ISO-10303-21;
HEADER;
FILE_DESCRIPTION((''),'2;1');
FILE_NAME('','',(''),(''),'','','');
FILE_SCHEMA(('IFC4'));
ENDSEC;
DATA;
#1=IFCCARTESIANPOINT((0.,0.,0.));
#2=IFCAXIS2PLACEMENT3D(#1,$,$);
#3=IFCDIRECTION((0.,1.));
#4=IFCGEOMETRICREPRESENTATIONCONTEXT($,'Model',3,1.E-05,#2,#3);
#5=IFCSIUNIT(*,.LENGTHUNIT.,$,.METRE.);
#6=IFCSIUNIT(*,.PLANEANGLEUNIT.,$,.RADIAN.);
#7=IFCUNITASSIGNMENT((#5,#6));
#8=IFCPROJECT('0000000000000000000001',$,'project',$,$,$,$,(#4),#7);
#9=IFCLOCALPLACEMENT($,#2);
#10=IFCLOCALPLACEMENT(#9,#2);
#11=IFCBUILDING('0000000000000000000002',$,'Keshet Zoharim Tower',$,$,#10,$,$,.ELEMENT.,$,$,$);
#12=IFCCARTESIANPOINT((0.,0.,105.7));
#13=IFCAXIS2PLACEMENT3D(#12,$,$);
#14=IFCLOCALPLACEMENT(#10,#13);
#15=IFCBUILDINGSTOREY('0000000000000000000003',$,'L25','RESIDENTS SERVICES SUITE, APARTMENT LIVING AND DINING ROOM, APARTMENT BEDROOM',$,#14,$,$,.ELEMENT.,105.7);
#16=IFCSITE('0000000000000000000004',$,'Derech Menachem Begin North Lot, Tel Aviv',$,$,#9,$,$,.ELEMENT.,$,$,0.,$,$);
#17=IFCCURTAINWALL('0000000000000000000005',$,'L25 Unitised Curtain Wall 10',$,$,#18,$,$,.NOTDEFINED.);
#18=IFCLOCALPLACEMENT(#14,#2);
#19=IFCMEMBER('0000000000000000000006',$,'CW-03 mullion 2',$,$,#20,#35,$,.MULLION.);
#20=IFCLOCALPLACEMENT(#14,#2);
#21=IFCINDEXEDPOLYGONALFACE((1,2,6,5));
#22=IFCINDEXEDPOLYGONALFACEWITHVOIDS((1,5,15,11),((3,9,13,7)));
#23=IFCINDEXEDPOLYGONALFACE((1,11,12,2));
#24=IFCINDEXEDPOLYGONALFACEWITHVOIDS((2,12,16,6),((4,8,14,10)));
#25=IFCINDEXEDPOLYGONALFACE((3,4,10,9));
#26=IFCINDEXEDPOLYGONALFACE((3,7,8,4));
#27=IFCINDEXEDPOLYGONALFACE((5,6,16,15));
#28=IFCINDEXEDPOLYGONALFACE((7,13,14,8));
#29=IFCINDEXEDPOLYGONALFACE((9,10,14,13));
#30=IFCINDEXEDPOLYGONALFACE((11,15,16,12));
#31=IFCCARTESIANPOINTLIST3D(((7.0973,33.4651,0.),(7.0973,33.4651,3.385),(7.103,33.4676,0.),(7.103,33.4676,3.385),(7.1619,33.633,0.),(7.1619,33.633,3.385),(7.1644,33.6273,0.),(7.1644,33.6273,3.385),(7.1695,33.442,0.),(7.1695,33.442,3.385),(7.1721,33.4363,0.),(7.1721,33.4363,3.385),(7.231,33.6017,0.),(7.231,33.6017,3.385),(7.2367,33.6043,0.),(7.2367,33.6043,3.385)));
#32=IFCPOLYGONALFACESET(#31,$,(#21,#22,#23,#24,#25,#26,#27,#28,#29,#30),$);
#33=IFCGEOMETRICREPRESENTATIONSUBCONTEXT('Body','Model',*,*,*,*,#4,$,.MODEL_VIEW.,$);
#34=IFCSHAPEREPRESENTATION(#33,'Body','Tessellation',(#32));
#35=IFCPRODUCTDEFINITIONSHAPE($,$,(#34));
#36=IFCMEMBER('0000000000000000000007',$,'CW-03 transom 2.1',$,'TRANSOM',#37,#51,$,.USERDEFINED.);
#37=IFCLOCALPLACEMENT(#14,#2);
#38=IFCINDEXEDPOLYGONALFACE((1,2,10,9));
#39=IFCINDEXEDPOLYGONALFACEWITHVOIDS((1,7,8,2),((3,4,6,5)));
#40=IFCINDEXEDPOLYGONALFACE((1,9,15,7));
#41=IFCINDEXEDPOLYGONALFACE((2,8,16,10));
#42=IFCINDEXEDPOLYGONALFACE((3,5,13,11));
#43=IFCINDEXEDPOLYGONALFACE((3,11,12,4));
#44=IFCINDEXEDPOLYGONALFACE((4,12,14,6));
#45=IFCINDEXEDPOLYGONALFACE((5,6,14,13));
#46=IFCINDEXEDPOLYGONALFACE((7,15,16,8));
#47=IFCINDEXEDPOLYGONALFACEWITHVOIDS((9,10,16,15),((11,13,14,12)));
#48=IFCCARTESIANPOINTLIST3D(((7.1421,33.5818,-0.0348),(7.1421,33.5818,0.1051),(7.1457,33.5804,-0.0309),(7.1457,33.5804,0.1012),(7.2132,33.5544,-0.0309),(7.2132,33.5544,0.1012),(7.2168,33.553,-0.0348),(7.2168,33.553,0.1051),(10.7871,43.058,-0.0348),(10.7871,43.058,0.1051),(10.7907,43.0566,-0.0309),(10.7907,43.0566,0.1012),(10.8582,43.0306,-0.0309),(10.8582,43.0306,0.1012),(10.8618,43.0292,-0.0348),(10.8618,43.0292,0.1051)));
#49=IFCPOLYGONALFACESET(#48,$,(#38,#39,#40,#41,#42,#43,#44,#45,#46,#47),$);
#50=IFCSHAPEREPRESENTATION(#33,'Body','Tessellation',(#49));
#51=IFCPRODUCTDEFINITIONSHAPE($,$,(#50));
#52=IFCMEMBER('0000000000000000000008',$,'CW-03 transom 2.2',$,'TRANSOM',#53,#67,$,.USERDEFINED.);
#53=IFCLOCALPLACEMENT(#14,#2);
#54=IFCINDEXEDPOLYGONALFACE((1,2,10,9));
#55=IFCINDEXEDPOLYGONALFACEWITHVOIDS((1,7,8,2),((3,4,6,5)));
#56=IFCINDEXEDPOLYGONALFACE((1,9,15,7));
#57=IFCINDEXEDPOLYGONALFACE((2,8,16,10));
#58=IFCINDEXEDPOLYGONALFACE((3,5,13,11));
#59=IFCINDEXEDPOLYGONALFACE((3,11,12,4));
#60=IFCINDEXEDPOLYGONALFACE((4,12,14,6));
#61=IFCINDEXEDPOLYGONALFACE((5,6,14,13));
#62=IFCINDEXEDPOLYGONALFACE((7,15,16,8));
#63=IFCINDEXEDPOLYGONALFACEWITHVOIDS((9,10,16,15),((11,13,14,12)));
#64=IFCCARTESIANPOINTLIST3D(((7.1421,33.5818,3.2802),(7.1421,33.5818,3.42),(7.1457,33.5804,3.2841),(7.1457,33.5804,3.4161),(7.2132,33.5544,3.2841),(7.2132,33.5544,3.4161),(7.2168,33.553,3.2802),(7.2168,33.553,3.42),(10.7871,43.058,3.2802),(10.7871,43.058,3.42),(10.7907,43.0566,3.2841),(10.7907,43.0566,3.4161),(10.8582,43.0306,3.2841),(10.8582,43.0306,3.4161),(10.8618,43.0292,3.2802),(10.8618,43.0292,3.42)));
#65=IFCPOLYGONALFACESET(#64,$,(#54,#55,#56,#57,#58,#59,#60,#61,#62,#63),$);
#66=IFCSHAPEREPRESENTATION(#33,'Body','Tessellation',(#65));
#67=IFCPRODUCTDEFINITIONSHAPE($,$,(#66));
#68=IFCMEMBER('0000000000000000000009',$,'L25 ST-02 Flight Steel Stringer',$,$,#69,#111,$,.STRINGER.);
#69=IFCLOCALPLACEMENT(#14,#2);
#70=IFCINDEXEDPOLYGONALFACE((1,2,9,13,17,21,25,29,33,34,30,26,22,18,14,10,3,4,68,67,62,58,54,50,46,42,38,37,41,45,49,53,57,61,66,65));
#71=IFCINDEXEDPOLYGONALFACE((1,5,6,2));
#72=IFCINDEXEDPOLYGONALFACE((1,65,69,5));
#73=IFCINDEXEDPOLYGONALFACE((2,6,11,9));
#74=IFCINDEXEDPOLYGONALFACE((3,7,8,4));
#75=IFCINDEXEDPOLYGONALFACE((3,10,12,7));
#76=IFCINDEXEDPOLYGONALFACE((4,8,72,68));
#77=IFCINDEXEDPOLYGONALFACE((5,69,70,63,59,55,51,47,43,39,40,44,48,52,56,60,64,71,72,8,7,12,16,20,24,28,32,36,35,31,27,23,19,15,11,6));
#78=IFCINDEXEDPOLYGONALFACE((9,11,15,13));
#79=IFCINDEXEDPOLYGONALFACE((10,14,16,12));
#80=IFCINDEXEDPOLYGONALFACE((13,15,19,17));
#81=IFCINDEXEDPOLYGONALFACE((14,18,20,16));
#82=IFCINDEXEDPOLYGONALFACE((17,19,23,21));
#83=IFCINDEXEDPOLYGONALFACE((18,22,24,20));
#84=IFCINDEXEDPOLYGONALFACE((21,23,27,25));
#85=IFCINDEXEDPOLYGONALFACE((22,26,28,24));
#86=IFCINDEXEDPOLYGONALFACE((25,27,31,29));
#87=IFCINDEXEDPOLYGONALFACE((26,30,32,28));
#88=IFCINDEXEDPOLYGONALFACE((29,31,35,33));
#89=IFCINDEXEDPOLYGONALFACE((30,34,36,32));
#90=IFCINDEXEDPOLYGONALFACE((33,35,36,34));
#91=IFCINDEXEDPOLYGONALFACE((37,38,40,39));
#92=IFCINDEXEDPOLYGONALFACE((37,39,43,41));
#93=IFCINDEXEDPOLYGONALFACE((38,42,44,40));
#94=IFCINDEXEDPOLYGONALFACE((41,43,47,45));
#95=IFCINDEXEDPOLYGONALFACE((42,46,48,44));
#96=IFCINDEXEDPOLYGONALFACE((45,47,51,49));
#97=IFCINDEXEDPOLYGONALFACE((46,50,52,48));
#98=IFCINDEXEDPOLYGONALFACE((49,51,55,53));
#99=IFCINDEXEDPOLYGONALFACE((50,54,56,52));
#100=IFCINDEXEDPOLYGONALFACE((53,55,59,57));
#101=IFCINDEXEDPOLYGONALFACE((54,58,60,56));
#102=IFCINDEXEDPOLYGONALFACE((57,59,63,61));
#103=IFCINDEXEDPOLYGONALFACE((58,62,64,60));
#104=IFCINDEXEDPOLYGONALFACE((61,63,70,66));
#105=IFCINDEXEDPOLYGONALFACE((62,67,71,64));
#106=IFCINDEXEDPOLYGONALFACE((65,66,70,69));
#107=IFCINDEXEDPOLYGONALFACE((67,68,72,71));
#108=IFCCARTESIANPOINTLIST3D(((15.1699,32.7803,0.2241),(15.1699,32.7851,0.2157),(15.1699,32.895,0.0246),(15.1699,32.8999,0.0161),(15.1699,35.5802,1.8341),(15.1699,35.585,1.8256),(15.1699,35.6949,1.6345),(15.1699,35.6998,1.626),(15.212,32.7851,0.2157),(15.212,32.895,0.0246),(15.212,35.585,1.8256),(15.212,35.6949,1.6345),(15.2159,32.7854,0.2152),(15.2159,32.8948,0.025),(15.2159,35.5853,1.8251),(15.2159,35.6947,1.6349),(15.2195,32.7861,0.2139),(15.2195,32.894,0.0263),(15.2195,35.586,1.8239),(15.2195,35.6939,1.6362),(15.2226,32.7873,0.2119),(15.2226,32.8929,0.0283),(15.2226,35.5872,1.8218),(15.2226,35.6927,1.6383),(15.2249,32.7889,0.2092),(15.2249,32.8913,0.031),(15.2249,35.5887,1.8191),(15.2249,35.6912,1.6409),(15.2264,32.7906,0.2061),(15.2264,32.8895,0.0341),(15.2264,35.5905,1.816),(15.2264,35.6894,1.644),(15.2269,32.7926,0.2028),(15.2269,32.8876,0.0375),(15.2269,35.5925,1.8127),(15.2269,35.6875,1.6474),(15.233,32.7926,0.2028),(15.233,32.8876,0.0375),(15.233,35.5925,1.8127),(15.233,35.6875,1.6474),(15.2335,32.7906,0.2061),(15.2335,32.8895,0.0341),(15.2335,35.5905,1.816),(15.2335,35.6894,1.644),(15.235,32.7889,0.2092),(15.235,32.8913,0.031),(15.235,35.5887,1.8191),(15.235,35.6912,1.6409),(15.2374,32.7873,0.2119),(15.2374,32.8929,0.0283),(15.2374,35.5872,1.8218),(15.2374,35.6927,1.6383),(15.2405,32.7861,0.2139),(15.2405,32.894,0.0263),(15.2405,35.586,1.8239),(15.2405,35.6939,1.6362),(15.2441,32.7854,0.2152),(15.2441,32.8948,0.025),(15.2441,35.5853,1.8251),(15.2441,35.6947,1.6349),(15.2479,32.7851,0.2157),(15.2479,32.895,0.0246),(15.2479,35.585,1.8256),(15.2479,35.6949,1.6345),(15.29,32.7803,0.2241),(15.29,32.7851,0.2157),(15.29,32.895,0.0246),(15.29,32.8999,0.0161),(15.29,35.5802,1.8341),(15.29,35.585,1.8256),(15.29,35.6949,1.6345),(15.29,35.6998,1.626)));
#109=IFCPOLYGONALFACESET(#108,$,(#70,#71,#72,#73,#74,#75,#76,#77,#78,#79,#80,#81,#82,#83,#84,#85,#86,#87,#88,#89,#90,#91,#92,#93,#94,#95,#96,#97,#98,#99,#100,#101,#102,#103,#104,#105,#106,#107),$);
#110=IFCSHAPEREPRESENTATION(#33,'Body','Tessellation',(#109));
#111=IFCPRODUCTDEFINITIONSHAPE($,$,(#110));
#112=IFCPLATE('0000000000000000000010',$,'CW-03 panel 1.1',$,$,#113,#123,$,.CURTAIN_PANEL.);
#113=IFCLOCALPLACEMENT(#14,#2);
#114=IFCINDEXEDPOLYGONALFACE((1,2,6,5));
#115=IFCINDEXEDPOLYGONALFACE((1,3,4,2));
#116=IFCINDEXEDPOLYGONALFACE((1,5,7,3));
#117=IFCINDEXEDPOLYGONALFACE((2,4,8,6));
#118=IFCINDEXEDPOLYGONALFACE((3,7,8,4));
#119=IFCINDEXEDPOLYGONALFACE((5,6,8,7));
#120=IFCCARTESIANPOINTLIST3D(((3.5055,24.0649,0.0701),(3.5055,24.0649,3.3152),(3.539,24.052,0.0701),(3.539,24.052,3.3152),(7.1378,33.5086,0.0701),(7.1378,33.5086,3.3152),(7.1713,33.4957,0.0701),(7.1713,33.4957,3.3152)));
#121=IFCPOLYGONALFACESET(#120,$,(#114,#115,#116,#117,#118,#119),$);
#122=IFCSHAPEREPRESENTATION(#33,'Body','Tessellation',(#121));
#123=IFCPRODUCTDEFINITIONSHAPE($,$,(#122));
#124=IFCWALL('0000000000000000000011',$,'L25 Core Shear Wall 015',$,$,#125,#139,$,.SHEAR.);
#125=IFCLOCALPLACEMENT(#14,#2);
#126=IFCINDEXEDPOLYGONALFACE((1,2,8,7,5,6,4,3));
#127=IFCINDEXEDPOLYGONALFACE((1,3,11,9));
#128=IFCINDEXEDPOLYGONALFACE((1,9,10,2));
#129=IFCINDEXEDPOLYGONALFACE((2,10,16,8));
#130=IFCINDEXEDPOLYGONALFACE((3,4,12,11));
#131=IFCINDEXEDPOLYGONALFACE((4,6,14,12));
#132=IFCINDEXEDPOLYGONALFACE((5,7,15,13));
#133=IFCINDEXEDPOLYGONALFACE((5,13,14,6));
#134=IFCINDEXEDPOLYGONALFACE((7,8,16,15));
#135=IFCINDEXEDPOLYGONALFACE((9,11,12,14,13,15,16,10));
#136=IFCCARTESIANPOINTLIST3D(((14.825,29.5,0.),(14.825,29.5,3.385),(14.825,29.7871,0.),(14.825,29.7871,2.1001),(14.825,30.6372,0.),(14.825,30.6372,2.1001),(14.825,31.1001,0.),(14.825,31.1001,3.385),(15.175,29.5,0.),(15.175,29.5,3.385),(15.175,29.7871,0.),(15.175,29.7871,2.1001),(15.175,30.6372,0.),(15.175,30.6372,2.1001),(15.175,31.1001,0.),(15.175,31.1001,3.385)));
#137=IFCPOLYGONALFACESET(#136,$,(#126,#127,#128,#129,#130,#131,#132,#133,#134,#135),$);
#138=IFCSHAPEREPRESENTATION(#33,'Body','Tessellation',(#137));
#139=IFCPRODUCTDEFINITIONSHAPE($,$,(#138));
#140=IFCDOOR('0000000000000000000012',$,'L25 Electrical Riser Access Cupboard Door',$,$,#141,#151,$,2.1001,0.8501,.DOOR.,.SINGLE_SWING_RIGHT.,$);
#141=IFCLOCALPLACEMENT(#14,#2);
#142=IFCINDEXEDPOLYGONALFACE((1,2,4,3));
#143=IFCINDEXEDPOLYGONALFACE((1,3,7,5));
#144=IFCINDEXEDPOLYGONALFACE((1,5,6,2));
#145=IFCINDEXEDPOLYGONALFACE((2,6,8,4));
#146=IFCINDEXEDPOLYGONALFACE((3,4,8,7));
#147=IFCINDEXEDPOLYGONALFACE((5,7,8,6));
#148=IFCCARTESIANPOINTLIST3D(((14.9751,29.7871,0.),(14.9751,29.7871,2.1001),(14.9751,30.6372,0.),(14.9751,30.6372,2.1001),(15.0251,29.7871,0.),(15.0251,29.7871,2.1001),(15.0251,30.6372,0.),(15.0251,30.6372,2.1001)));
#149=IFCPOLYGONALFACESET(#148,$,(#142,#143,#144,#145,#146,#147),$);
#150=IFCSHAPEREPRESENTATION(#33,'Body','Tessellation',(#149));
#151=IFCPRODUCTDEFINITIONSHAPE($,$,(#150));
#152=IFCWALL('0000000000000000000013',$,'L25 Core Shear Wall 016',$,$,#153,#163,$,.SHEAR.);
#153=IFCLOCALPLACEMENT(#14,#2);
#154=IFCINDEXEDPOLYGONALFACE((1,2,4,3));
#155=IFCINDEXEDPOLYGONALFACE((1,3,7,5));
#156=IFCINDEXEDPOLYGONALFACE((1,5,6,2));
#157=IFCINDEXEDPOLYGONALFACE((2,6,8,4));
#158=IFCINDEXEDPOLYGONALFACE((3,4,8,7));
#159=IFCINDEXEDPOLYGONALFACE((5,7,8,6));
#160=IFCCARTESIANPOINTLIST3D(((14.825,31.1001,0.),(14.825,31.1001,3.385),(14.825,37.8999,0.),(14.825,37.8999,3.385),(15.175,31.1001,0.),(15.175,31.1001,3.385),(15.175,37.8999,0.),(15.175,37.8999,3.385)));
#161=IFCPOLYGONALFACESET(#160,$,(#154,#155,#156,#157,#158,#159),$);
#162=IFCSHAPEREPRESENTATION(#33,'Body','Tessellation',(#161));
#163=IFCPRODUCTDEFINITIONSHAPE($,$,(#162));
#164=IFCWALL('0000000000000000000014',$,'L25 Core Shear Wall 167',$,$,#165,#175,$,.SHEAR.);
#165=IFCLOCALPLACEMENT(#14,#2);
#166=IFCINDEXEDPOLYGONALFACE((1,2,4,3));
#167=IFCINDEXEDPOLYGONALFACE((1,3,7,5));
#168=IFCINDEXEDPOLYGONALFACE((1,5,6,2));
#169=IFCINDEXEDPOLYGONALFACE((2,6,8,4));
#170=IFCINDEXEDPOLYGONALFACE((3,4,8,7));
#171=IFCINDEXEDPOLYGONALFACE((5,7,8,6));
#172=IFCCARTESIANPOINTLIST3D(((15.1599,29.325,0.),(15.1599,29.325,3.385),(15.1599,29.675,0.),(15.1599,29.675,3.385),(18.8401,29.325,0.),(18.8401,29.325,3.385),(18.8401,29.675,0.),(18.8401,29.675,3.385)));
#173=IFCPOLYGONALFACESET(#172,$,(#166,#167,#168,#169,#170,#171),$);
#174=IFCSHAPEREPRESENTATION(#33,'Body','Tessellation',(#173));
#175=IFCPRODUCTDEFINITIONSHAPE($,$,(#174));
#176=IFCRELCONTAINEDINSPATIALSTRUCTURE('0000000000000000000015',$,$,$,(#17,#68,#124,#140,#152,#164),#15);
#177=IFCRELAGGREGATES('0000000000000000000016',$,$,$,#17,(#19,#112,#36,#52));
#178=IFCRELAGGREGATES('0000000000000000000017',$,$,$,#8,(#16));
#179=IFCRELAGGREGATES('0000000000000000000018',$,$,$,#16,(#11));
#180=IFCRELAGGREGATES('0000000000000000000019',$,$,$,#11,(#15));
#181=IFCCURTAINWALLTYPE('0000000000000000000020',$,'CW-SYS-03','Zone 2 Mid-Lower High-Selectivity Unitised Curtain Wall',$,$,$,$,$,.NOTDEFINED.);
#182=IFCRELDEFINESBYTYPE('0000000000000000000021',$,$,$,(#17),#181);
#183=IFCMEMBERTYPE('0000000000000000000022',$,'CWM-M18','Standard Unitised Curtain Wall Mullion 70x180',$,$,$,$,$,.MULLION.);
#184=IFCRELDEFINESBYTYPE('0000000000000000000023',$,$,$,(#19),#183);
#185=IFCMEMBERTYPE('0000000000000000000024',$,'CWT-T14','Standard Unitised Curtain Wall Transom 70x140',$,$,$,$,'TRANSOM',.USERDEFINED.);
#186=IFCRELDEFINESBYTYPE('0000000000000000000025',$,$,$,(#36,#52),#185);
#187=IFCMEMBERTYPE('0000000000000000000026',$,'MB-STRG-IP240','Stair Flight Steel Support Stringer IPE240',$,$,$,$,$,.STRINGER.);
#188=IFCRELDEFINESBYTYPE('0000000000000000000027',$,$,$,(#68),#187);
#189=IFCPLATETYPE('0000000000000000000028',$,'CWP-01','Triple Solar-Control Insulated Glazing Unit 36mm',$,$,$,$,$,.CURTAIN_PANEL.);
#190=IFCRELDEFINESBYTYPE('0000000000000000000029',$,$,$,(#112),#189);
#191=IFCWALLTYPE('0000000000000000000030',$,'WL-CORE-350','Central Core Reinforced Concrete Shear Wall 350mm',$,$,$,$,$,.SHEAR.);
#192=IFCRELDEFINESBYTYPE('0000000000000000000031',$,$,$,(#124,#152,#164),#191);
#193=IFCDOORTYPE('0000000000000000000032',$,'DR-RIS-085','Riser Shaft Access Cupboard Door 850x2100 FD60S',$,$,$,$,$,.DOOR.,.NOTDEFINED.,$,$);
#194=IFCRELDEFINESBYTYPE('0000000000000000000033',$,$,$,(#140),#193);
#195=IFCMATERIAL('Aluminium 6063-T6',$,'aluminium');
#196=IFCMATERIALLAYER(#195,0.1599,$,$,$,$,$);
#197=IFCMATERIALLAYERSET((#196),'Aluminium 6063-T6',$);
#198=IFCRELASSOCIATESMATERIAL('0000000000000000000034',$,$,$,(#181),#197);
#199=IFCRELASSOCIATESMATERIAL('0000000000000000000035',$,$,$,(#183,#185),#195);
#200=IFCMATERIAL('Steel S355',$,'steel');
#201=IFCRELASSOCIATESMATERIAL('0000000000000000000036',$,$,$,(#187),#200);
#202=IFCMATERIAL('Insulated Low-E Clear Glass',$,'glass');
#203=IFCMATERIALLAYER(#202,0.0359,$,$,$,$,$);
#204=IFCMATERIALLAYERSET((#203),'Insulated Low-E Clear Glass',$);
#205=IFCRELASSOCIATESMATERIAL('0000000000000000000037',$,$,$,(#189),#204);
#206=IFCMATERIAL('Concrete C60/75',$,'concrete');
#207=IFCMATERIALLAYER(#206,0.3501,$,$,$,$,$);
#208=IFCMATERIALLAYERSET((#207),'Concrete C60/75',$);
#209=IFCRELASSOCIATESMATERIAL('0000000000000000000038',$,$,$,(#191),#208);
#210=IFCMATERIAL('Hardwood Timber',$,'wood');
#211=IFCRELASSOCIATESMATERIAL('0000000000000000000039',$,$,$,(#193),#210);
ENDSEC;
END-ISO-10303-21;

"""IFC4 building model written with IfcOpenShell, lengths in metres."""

from ifc_helpers import new_model, si_unit, direction, frame, frame_2d, origin, origin_2d, place, context, subcontext, project, spatial, rectangle, hollow_rectangle, i_section, extrude, material, layer, layer_set, material_profile, profile_set, type_object, element, fill, aggregate, save


model = new_model("IFC4")

# Units and contexts
model_context = context("Model", 3, precision=1e-05, world=origin(), true_north=direction((0.0, 1.0)))
body_context = subcontext(model_context, "Body", "Model", "MODEL_VIEW")
ifc_project = project(units=[si_unit("LENGTHUNIT", "METRE"), si_unit("PLANEANGLEUNIT", "RADIAN")], contexts=[model_context])

# Site, building, storey
site_placement = place(None, origin())
site = spatial("IfcSite", under=ifc_project, at=site_placement, Name="Derech Menachem Begin North Lot, Tel Aviv", CompositionType="ELEMENT", RefElevation=0.0)
building_placement = place(site_placement, origin())
building = spatial("IfcBuilding", under=site, at=building_placement, Name="Keshet Zoharim Tower", CompositionType="ELEMENT")
storey_placement = place(building_placement, frame((0.0, 0.0, 105.7)))
storey = spatial("IfcBuildingStorey", under=building, at=storey_placement, Name="L25", Description="RESIDENTS SERVICES SUITE, APARTMENT LIVING AND DINING ROOM, APARTMENT BEDROOM", CompositionType="ELEMENT", Elevation=105.7)

# Curtain wall, members
ifc_material_1 = material(Name="Aluminium 6063-T6", Category="aluminium")
ifc_layer_1 = layer(ifc_material_1, 0.1599)
ifc_layer_set_1 = layer_set([ifc_layer_1], Name="Aluminium 6063-T6")
curtain_wall_type = type_object("IfcCurtainWallType", Name="CW-SYS-03", Description="Zone 2 Mid-Lower High-Selectivity Unitised Curtain Wall", PredefinedType="NOTDEFINED", material=ifc_layer_set_1)
curtain_wall_placement = place(storey_placement, origin())
curtain_wall = element("IfcCurtainWall", 1, at=curtain_wall_placement, inside=storey, type_object=curtain_wall_type, Name="L25 Unitised Curtain Wall 10", PredefinedType="NOTDEFINED")
ifc_material_profile_1 = material_profile(ifc_material_1, hollow_rectangle(XDim=0.0801, YDim=0.1799, WallThickness=0.0044, at=origin_2d()), Name="MUL-80x180")
ifc_profile_set_1 = profile_set([ifc_material_profile_1], Name="Aluminium 6063-T6")
member_type_1 = type_object("IfcMemberType", Name="CWM-M18", Description="Standard Unitised Curtain Wall Mullion 70x180", PredefinedType="MULLION", material=ifc_profile_set_1)
member_1_placement = place(storey_placement, frame((7.167, 33.5347, 0.0), z_axis=(0.0, 0.0, 1.0), x_axis=(-0.933341, 0.35899, 0.0)))
member_1 = element("IfcMember", 2, at=member_1_placement, type_object=member_type_1, Name="CW-03 mullion 2", PredefinedType="MULLION", context=body_context, shape_type="SweptSolid", body=[
    extrude(hollow_rectangle(XDim=0.0801, YDim=0.1799, WallThickness=0.0044, at=origin_2d()), origin(), (0.0, 0.0, 1.0), 3.385),
])
ifc_material_profile_2 = material_profile(ifc_material_1, hollow_rectangle(XDim=0.0801, YDim=0.1399, WallThickness=0.0039, at=origin_2d()), Name="TRN-80x140")
ifc_profile_set_2 = profile_set([ifc_material_profile_2], Name="Aluminium 6063-T6")
member_type_2 = type_object("IfcMemberType", Name="CWT-T14", Description="Standard Unitised Curtain Wall Transom 70x140", ElementType="TRANSOM", PredefinedType="USERDEFINED", material=ifc_profile_set_2)
member_2_placement = place(storey_placement, frame((7.1794, 33.5674, 0.0352), z_axis=(0.359003, 0.933336, 0.0), x_axis=(-0.933336, 0.359003, 0.0)))
member_2 = element("IfcMember", 3, at=member_2_placement, type_object=member_type_2, Name="CW-03 transom 2.1", ObjectType="TRANSOM", PredefinedType="USERDEFINED", context=body_context, shape_type="SweptSolid", body=[
    extrude(hollow_rectangle(XDim=0.0801, YDim=0.1399, WallThickness=0.0039, at=origin_2d()), origin(), (0.0, 0.0, 1.0), 10.1531),
])
member_3_placement = place(storey_placement, frame((7.1794, 33.5674, 3.3501), z_axis=(0.359003, 0.933336, 0.0), x_axis=(-0.933336, 0.359003, 0.0)))
member_3 = element("IfcMember", 4, at=member_3_placement, type_object=member_type_2, Name="CW-03 transom 2.2", ObjectType="TRANSOM", PredefinedType="USERDEFINED", context=body_context, shape_type="SweptSolid", body=[
    extrude(hollow_rectangle(XDim=0.0801, YDim=0.1399, WallThickness=0.0039, at=origin_2d()), origin(), (0.0, 0.0, 1.0), 10.1531),
])

# Member
ifc_material_2 = material(Name="Steel S355", Category="steel")
ifc_material_profile_3 = material_profile(ifc_material_2, i_section(OverallWidth=0.1201, OverallDepth=0.24, WebThickness=0.0061, FlangeThickness=0.0098, FilletRadius=0.0149, at=origin_2d()), Name="IPE240")
ifc_profile_set_3 = profile_set([ifc_material_profile_3], Name="Steel S355")
member_type_3 = type_object("IfcMemberType", Name="MB-STRG-IP240", Description="Stair Flight Steel Support Stringer IPE240", PredefinedType="STRINGER", material=ifc_profile_set_3)
member_4_placement = place(storey_placement, frame((15.23, 32.8401, 0.1201), z_axis=(0.0, 0.86691, 0.498465), x_axis=(-1.0, 0.0, 0.0)))
element("IfcMember", 5, at=member_4_placement, inside=storey, type_object=member_type_3, Name="L25 ST-02 Flight Steel Stringer", PredefinedType="STRINGER", context=body_context, shape_type="SweptSolid", body=[
    extrude(i_section(OverallWidth=0.1201, OverallDepth=0.24, WebThickness=0.0061, FlangeThickness=0.0098, FilletRadius=0.0149, at=origin_2d()), origin(), (0.0, 0.0, 1.0), 3.2297),
])

# Plate
ifc_material_3 = material(Name="Insulated Low-E Clear Glass", Category="glass")
ifc_layer_2 = layer(ifc_material_3, 0.0359)
ifc_layer_set_2 = layer_set([ifc_layer_2], Name="Insulated Low-E Clear Glass")
plate_type = type_object("IfcPlateType", Name="CWP-01", Description="Triple Solar-Control Insulated Glazing Unit 36mm", PredefinedType="CURTAIN_PANEL", material=ifc_layer_set_2)
plate_placement = place(storey_placement, frame((5.3384, 28.7803, 0.0701), z_axis=(0.0, 0.0, 1.0), x_axis=(0.35899, 0.933341, 0.0)))
plate = element("IfcPlate", 6, at=plate_placement, type_object=plate_type, Name="CW-03 panel 1.1", PredefinedType="CURTAIN_PANEL", context=body_context, shape_type="SweptSolid", body=[
    extrude(rectangle(XDim=10.1182, YDim=0.0359, at=origin_2d()), origin(), (0.0, 0.0, 1.0), 3.2451),
])
aggregate(curtain_wall, [member_1, plate, member_2, member_3])

# Wall, opening, door
ifc_material_4 = material(Name="Concrete C60/75", Category="concrete")
ifc_layer_3 = layer(ifc_material_4, 0.3501)
ifc_layer_set_3 = layer_set([ifc_layer_3], Name="Concrete C60/75")
wall_type_1 = type_object("IfcWallType", Name="WL-CORE-350", Description="Central Core Reinforced Concrete Shear Wall 350mm", PredefinedType="SHEAR", material=ifc_layer_set_3)
wall_1_placement = place(storey_placement, frame((15.0, 29.5, 0.0), z_axis=(0.0, 0.0, 1.0), x_axis=(0.0, 1.0, 0.0)))
wall_1 = element("IfcWall", 7, at=wall_1_placement, inside=storey, type_object=wall_type_1, Name="L25 Core Shear Wall 015", PredefinedType="SHEAR", context=body_context, shape_type="SweptSolid", body=[
    extrude(rectangle(XDim=1.6001, YDim=0.3501, at=frame_2d((0.8, 0.0))), origin(), (0.0, 0.0, 1.0), 3.385),
])
opening_1_placement = place(wall_1_placement, frame((0.2871, 0.0, 0.0)))
opening_1 = element("IfcOpeningElement", 8, at=opening_1_placement, cuts=wall_1, PredefinedType="OPENING", context=body_context, shape_type="SweptSolid", body=[
    extrude(rectangle(XDim=0.8501, YDim=2.1001, at=frame_2d((0.425, 1.05))), frame((0.0, 0.1851, 0.0), z_axis=(0.0, -1.0, 0.0), x_axis=(1.0, 0.0, 0.0)), (0.0, 0.0, 1.0), 0.3701),
])
ifc_material_5 = material(Name="Hardwood Timber", Category="wood")
door_type_1 = type_object("IfcDoorType", Name="DR-RIS-085", Description="Riser Shaft Access Cupboard Door 850x2100 FD60S", OperationType="NOTDEFINED", PredefinedType="DOOR", material=ifc_material_5)
door_1_placement = place(opening_1_placement, origin())
door_1 = element("IfcDoor", 9, at=door_1_placement, inside=storey, type_object=door_type_1, Name="L25 Electrical Riser Access Cupboard Door", OperationType="SINGLE_SWING_RIGHT", OverallHeight=2.1001, OverallWidth=0.8501, PredefinedType="DOOR", context=body_context, shape_type="SweptSolid", body=[
    extrude(rectangle(XDim=0.8501, YDim=2.1001, at=frame_2d((0.425, 1.05))), frame((0.0, 0.0249, 0.0), z_axis=(0.0, -1.0, 0.0), x_axis=(1.0, 0.0, 0.0)), (0.0, 0.0, 1.0), 0.05),
])
fill(opening_1, door_1)

# Walls
wall_2_placement = place(storey_placement, frame((15.0, 31.1001, 0.0), z_axis=(0.0, 0.0, 1.0), x_axis=(0.0, 1.0, 0.0)))
element("IfcWall", 10, at=wall_2_placement, inside=storey, type_object=wall_type_1, Name="L25 Core Shear Wall 016", PredefinedType="SHEAR", context=body_context, shape_type="SweptSolid", body=[
    extrude(rectangle(XDim=6.7998, YDim=0.3501, at=frame_2d((3.3999, 0.0))), origin(), (0.0, 0.0, 1.0), 3.385),
])
for number, where, z_axis, x_axis, name in (
    (11, (15.1599, 29.5, 0.0), (0.0, 0.0, 1.0), (1.0, 0.0, 0.0), "L25 Core Shear Wall 167"),
):
    element("IfcWall", number, at=place(storey_placement, frame(where, z_axis=z_axis, x_axis=x_axis)), inside=storey, type_object=wall_type_1, Name=name, PredefinedType="SHEAR", context=body_context, shape_type="SweptSolid", body=[
        extrude(rectangle(XDim=3.6802, YDim=0.3501, at=frame_2d((1.8401, 0.0))), origin(), (0.0, 0.0, 1.0), 3.385),
    ])

save(model, "model.ifc")
